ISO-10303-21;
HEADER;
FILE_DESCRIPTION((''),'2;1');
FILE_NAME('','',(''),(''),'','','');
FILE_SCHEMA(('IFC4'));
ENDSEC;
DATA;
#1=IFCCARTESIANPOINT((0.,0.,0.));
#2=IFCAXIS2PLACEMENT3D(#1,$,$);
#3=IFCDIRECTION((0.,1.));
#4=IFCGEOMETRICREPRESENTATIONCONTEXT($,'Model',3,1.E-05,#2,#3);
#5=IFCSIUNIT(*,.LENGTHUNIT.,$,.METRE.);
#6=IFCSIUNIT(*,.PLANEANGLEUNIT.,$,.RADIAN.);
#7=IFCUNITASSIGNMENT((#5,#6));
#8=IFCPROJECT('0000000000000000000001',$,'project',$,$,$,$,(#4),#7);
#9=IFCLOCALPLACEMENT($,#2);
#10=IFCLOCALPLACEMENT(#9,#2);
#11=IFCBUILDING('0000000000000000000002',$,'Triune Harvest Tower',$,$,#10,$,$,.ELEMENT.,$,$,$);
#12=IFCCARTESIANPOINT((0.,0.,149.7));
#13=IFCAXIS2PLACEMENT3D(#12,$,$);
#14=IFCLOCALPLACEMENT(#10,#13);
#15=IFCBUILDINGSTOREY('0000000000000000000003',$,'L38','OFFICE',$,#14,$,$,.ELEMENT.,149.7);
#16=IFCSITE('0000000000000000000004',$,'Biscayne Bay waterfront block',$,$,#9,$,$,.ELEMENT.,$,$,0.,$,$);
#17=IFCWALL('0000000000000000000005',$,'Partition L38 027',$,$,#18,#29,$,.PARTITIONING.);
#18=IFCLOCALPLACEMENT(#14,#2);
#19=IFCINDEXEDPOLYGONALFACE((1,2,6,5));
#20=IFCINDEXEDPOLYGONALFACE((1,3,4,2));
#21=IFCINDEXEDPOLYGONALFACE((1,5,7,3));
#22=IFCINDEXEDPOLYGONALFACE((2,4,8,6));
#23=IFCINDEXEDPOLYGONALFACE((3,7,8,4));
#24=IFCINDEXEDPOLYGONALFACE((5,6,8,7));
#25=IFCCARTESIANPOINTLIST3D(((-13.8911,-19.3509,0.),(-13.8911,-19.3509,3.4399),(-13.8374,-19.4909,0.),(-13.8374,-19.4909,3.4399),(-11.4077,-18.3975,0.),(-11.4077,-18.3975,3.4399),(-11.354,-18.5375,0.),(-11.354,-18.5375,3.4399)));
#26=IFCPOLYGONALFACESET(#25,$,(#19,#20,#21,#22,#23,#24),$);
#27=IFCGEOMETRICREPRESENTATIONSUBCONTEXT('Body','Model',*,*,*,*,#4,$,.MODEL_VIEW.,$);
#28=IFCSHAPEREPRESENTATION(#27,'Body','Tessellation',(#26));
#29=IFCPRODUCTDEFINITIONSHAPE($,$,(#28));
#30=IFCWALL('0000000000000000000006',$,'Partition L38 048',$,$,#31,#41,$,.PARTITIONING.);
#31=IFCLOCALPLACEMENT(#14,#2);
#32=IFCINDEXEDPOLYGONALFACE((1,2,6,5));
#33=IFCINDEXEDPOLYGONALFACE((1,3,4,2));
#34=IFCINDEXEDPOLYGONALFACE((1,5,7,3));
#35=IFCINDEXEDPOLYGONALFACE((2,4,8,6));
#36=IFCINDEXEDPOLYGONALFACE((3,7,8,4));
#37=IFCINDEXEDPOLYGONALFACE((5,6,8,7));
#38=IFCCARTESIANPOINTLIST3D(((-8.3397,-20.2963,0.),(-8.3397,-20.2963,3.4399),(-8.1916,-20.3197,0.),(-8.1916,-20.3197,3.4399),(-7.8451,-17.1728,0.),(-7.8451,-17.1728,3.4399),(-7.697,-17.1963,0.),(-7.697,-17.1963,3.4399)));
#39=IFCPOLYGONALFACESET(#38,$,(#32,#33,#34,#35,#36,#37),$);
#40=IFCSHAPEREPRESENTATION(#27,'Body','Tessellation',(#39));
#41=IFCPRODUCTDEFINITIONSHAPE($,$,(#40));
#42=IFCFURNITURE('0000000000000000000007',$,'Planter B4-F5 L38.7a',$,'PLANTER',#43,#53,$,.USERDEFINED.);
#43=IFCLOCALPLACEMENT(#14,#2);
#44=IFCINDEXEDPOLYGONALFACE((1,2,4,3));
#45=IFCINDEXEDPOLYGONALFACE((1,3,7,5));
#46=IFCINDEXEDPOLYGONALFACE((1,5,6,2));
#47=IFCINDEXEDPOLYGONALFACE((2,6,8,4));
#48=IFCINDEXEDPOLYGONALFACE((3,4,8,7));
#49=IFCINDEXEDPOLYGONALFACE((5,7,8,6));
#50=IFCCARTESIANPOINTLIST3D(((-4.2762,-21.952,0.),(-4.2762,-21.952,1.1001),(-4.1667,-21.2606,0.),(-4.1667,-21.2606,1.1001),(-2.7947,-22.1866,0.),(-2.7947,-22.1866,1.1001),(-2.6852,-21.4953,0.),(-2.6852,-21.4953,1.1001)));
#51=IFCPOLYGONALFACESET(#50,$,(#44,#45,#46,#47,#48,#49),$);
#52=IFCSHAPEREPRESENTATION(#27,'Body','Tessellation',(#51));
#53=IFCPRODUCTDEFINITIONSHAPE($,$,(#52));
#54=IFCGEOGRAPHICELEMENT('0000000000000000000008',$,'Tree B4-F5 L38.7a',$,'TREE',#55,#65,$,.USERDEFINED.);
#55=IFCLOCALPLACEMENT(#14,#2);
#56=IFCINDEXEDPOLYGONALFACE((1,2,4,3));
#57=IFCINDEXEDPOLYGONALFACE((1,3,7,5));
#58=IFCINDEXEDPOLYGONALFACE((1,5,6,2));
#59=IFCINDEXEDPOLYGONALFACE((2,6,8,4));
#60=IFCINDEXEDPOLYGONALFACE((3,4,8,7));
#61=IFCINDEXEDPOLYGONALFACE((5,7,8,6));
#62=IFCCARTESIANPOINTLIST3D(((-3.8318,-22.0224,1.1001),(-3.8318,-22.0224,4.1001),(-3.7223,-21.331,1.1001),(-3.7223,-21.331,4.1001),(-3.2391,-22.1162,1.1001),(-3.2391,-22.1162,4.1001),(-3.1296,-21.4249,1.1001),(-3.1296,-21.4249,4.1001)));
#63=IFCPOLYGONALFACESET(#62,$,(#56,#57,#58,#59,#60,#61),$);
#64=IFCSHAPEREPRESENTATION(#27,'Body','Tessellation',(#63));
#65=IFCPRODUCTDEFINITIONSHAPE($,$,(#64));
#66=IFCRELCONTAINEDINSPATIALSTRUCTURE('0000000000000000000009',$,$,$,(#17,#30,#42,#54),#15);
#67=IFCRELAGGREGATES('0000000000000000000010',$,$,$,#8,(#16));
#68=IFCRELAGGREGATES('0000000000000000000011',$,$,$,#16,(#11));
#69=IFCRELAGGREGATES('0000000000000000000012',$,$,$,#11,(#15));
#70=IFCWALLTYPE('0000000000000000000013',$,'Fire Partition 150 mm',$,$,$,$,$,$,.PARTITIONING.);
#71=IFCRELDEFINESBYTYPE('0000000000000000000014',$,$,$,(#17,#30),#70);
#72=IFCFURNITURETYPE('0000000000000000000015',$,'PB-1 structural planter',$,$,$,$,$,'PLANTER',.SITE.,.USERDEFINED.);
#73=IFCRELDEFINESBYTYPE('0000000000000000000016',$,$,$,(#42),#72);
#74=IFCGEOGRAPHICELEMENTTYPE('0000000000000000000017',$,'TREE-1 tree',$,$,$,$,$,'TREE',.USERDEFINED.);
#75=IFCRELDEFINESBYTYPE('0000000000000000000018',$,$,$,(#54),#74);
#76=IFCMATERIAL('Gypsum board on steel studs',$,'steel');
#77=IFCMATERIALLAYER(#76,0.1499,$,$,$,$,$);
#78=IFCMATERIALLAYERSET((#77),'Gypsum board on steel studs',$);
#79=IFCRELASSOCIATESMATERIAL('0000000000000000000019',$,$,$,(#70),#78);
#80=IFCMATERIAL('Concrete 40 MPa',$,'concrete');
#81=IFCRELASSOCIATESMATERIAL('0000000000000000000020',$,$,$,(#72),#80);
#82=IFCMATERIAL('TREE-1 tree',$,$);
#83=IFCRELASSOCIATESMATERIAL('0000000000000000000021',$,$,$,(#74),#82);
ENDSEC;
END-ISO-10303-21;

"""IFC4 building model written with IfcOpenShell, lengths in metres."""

from ifc_helpers import new_model, si_unit, direction, frame, frame_2d, origin, origin_2d, place, context, subcontext, project, spatial, rectangle, extrude, source, transform, mapped, material, layer, layer_set, type_object, element, save


model = new_model("IFC4")

# Units and contexts
model_context = context("Model", 3, precision=1e-05, world=origin(), true_north=direction((0.0, 1.0)))
body_context = subcontext(model_context, "Body", "Model", "MODEL_VIEW")
ifc_project = project(units=[si_unit("LENGTHUNIT", "METRE"), si_unit("PLANEANGLEUNIT", "RADIAN")], contexts=[model_context])

# Site, building, storey
site_placement = place(None, origin())
site = spatial("IfcSite", under=ifc_project, at=site_placement, Name="Biscayne Bay waterfront block", CompositionType="ELEMENT", RefElevation=0.0)
building_placement = place(site_placement, origin())
building = spatial("IfcBuilding", under=site, at=building_placement, Name="Triune Harvest Tower", CompositionType="ELEMENT")
storey_placement = place(building_placement, frame((0.0, 0.0, 149.7)))
storey = spatial("IfcBuildingStorey", under=building, at=storey_placement, Name="L38", Description="OFFICE", CompositionType="ELEMENT", Elevation=149.7)

# Shared definitions
ifc_material_1 = material(Name="Gypsum board on steel studs", Category="steel")
ifc_layer_1 = layer(ifc_material_1, 0.1499)
ifc_layer_set_1 = layer_set([ifc_layer_1], Name="Gypsum board on steel studs")
wall_type_1 = type_object("IfcWallType", Name="Fire Partition 150 mm", PredefinedType="PARTITIONING", material=ifc_layer_set_1)

# Walls
shared_shape_1 = source(origin(), body_context, "Body", "SweptSolid", [
    extrude(rectangle(XDim=2.6602, YDim=0.1499, at=frame_2d((1.3301, 0.0))), origin(), (0.0, 0.0, 1.0), 3.4399),
])
wall_1_placement = place(storey_placement, frame((-13.8643, -19.4209, 0.0), z_axis=(0.0, 0.0, 1.0), x_axis=(0.93357, 0.358395, 0.0)))
element("IfcWall", 1, at=wall_1_placement, inside=storey, type_object=wall_type_1, Name="Partition L38 027", PredefinedType="PARTITIONING", context=body_context, shape_type="MappedRepresentation", body=[
    mapped(shared_shape_1, transform((0.0, 0.0, 0.0), scale=1.0)),
])
shared_shape_2 = source(origin(), body_context, "Body", "SweptSolid", [
    extrude(rectangle(XDim=3.1624, YDim=0.1499, at=frame_2d((1.5811, 0.0))), origin(), (0.0, 0.0, 1.0), 3.4399),
])
wall_2_placement = place(storey_placement, frame((-8.2656, -20.3079, 0.0), z_axis=(0.0, 0.0, 1.0), x_axis=(0.156407, 0.987693, 0.0)))
element("IfcWall", 2, at=wall_2_placement, inside=storey, type_object=wall_type_1, Name="Partition L38 048", PredefinedType="PARTITIONING", context=body_context, shape_type="MappedRepresentation", body=[
    mapped(shared_shape_2, transform((0.0, 0.0, 0.0), scale=1.0)),
])

# Furniture
ifc_material_2 = material(Name="Concrete 40 MPa", Category="concrete")
furniture_type = type_object("IfcFurnitureType", Name="PB-1 structural planter", ElementType="PLANTER", AssemblyPlace="SITE", PredefinedType="USERDEFINED", material=ifc_material_2)
shared_shape_3 = source(origin(), body_context, "Body", "SweptSolid", [
    extrude(rectangle(XDim=1.5, YDim=0.7, at=origin_2d()), origin(), (0.0, 0.0, 1.0), 1.1001),
])
furniture_placement = place(storey_placement, frame((-3.4807, -21.7236, 0.0), z_axis=(0.0, 0.0, 1.0), x_axis=(0.987688, -0.156435, 0.0)))
element("IfcFurniture", 3, at=furniture_placement, inside=storey, type_object=furniture_type, Name="Planter B4-F5 L38.7a", ObjectType="PLANTER", PredefinedType="USERDEFINED", context=body_context, shape_type="MappedRepresentation", body=[
    mapped(shared_shape_3, transform((0.0, 0.0, 0.0), scale=1.0)),
])

# Geographic element
ifc_material_3 = material(Name="TREE-1 tree")
geographic_element_type = type_object("IfcGeographicElementType", Name="TREE-1 tree", ElementType="TREE", PredefinedType="USERDEFINED", material=ifc_material_3)
shared_shape_4 = source(origin(), body_context, "Body", "SweptSolid", [
    extrude(rectangle(XDim=0.6001, YDim=0.7, at=origin_2d()), origin(), (0.0, 0.0, 1.0), 3.0),
])
geographic_element_placement = place(storey_placement, frame((-3.4807, -21.7236, 1.1001), z_axis=(0.0, 0.0, 1.0), x_axis=(0.987688, -0.156435, 0.0)))
element("IfcGeographicElement", 4, at=geographic_element_placement, inside=storey, type_object=geographic_element_type, Name="Tree B4-F5 L38.7a", ObjectType="TREE", PredefinedType="USERDEFINED", context=body_context, shape_type="MappedRepresentation", body=[
    mapped(shared_shape_4, transform((0.0, 0.0, 0.0), scale=1.0)),
])

save(model, "model.ifc")
